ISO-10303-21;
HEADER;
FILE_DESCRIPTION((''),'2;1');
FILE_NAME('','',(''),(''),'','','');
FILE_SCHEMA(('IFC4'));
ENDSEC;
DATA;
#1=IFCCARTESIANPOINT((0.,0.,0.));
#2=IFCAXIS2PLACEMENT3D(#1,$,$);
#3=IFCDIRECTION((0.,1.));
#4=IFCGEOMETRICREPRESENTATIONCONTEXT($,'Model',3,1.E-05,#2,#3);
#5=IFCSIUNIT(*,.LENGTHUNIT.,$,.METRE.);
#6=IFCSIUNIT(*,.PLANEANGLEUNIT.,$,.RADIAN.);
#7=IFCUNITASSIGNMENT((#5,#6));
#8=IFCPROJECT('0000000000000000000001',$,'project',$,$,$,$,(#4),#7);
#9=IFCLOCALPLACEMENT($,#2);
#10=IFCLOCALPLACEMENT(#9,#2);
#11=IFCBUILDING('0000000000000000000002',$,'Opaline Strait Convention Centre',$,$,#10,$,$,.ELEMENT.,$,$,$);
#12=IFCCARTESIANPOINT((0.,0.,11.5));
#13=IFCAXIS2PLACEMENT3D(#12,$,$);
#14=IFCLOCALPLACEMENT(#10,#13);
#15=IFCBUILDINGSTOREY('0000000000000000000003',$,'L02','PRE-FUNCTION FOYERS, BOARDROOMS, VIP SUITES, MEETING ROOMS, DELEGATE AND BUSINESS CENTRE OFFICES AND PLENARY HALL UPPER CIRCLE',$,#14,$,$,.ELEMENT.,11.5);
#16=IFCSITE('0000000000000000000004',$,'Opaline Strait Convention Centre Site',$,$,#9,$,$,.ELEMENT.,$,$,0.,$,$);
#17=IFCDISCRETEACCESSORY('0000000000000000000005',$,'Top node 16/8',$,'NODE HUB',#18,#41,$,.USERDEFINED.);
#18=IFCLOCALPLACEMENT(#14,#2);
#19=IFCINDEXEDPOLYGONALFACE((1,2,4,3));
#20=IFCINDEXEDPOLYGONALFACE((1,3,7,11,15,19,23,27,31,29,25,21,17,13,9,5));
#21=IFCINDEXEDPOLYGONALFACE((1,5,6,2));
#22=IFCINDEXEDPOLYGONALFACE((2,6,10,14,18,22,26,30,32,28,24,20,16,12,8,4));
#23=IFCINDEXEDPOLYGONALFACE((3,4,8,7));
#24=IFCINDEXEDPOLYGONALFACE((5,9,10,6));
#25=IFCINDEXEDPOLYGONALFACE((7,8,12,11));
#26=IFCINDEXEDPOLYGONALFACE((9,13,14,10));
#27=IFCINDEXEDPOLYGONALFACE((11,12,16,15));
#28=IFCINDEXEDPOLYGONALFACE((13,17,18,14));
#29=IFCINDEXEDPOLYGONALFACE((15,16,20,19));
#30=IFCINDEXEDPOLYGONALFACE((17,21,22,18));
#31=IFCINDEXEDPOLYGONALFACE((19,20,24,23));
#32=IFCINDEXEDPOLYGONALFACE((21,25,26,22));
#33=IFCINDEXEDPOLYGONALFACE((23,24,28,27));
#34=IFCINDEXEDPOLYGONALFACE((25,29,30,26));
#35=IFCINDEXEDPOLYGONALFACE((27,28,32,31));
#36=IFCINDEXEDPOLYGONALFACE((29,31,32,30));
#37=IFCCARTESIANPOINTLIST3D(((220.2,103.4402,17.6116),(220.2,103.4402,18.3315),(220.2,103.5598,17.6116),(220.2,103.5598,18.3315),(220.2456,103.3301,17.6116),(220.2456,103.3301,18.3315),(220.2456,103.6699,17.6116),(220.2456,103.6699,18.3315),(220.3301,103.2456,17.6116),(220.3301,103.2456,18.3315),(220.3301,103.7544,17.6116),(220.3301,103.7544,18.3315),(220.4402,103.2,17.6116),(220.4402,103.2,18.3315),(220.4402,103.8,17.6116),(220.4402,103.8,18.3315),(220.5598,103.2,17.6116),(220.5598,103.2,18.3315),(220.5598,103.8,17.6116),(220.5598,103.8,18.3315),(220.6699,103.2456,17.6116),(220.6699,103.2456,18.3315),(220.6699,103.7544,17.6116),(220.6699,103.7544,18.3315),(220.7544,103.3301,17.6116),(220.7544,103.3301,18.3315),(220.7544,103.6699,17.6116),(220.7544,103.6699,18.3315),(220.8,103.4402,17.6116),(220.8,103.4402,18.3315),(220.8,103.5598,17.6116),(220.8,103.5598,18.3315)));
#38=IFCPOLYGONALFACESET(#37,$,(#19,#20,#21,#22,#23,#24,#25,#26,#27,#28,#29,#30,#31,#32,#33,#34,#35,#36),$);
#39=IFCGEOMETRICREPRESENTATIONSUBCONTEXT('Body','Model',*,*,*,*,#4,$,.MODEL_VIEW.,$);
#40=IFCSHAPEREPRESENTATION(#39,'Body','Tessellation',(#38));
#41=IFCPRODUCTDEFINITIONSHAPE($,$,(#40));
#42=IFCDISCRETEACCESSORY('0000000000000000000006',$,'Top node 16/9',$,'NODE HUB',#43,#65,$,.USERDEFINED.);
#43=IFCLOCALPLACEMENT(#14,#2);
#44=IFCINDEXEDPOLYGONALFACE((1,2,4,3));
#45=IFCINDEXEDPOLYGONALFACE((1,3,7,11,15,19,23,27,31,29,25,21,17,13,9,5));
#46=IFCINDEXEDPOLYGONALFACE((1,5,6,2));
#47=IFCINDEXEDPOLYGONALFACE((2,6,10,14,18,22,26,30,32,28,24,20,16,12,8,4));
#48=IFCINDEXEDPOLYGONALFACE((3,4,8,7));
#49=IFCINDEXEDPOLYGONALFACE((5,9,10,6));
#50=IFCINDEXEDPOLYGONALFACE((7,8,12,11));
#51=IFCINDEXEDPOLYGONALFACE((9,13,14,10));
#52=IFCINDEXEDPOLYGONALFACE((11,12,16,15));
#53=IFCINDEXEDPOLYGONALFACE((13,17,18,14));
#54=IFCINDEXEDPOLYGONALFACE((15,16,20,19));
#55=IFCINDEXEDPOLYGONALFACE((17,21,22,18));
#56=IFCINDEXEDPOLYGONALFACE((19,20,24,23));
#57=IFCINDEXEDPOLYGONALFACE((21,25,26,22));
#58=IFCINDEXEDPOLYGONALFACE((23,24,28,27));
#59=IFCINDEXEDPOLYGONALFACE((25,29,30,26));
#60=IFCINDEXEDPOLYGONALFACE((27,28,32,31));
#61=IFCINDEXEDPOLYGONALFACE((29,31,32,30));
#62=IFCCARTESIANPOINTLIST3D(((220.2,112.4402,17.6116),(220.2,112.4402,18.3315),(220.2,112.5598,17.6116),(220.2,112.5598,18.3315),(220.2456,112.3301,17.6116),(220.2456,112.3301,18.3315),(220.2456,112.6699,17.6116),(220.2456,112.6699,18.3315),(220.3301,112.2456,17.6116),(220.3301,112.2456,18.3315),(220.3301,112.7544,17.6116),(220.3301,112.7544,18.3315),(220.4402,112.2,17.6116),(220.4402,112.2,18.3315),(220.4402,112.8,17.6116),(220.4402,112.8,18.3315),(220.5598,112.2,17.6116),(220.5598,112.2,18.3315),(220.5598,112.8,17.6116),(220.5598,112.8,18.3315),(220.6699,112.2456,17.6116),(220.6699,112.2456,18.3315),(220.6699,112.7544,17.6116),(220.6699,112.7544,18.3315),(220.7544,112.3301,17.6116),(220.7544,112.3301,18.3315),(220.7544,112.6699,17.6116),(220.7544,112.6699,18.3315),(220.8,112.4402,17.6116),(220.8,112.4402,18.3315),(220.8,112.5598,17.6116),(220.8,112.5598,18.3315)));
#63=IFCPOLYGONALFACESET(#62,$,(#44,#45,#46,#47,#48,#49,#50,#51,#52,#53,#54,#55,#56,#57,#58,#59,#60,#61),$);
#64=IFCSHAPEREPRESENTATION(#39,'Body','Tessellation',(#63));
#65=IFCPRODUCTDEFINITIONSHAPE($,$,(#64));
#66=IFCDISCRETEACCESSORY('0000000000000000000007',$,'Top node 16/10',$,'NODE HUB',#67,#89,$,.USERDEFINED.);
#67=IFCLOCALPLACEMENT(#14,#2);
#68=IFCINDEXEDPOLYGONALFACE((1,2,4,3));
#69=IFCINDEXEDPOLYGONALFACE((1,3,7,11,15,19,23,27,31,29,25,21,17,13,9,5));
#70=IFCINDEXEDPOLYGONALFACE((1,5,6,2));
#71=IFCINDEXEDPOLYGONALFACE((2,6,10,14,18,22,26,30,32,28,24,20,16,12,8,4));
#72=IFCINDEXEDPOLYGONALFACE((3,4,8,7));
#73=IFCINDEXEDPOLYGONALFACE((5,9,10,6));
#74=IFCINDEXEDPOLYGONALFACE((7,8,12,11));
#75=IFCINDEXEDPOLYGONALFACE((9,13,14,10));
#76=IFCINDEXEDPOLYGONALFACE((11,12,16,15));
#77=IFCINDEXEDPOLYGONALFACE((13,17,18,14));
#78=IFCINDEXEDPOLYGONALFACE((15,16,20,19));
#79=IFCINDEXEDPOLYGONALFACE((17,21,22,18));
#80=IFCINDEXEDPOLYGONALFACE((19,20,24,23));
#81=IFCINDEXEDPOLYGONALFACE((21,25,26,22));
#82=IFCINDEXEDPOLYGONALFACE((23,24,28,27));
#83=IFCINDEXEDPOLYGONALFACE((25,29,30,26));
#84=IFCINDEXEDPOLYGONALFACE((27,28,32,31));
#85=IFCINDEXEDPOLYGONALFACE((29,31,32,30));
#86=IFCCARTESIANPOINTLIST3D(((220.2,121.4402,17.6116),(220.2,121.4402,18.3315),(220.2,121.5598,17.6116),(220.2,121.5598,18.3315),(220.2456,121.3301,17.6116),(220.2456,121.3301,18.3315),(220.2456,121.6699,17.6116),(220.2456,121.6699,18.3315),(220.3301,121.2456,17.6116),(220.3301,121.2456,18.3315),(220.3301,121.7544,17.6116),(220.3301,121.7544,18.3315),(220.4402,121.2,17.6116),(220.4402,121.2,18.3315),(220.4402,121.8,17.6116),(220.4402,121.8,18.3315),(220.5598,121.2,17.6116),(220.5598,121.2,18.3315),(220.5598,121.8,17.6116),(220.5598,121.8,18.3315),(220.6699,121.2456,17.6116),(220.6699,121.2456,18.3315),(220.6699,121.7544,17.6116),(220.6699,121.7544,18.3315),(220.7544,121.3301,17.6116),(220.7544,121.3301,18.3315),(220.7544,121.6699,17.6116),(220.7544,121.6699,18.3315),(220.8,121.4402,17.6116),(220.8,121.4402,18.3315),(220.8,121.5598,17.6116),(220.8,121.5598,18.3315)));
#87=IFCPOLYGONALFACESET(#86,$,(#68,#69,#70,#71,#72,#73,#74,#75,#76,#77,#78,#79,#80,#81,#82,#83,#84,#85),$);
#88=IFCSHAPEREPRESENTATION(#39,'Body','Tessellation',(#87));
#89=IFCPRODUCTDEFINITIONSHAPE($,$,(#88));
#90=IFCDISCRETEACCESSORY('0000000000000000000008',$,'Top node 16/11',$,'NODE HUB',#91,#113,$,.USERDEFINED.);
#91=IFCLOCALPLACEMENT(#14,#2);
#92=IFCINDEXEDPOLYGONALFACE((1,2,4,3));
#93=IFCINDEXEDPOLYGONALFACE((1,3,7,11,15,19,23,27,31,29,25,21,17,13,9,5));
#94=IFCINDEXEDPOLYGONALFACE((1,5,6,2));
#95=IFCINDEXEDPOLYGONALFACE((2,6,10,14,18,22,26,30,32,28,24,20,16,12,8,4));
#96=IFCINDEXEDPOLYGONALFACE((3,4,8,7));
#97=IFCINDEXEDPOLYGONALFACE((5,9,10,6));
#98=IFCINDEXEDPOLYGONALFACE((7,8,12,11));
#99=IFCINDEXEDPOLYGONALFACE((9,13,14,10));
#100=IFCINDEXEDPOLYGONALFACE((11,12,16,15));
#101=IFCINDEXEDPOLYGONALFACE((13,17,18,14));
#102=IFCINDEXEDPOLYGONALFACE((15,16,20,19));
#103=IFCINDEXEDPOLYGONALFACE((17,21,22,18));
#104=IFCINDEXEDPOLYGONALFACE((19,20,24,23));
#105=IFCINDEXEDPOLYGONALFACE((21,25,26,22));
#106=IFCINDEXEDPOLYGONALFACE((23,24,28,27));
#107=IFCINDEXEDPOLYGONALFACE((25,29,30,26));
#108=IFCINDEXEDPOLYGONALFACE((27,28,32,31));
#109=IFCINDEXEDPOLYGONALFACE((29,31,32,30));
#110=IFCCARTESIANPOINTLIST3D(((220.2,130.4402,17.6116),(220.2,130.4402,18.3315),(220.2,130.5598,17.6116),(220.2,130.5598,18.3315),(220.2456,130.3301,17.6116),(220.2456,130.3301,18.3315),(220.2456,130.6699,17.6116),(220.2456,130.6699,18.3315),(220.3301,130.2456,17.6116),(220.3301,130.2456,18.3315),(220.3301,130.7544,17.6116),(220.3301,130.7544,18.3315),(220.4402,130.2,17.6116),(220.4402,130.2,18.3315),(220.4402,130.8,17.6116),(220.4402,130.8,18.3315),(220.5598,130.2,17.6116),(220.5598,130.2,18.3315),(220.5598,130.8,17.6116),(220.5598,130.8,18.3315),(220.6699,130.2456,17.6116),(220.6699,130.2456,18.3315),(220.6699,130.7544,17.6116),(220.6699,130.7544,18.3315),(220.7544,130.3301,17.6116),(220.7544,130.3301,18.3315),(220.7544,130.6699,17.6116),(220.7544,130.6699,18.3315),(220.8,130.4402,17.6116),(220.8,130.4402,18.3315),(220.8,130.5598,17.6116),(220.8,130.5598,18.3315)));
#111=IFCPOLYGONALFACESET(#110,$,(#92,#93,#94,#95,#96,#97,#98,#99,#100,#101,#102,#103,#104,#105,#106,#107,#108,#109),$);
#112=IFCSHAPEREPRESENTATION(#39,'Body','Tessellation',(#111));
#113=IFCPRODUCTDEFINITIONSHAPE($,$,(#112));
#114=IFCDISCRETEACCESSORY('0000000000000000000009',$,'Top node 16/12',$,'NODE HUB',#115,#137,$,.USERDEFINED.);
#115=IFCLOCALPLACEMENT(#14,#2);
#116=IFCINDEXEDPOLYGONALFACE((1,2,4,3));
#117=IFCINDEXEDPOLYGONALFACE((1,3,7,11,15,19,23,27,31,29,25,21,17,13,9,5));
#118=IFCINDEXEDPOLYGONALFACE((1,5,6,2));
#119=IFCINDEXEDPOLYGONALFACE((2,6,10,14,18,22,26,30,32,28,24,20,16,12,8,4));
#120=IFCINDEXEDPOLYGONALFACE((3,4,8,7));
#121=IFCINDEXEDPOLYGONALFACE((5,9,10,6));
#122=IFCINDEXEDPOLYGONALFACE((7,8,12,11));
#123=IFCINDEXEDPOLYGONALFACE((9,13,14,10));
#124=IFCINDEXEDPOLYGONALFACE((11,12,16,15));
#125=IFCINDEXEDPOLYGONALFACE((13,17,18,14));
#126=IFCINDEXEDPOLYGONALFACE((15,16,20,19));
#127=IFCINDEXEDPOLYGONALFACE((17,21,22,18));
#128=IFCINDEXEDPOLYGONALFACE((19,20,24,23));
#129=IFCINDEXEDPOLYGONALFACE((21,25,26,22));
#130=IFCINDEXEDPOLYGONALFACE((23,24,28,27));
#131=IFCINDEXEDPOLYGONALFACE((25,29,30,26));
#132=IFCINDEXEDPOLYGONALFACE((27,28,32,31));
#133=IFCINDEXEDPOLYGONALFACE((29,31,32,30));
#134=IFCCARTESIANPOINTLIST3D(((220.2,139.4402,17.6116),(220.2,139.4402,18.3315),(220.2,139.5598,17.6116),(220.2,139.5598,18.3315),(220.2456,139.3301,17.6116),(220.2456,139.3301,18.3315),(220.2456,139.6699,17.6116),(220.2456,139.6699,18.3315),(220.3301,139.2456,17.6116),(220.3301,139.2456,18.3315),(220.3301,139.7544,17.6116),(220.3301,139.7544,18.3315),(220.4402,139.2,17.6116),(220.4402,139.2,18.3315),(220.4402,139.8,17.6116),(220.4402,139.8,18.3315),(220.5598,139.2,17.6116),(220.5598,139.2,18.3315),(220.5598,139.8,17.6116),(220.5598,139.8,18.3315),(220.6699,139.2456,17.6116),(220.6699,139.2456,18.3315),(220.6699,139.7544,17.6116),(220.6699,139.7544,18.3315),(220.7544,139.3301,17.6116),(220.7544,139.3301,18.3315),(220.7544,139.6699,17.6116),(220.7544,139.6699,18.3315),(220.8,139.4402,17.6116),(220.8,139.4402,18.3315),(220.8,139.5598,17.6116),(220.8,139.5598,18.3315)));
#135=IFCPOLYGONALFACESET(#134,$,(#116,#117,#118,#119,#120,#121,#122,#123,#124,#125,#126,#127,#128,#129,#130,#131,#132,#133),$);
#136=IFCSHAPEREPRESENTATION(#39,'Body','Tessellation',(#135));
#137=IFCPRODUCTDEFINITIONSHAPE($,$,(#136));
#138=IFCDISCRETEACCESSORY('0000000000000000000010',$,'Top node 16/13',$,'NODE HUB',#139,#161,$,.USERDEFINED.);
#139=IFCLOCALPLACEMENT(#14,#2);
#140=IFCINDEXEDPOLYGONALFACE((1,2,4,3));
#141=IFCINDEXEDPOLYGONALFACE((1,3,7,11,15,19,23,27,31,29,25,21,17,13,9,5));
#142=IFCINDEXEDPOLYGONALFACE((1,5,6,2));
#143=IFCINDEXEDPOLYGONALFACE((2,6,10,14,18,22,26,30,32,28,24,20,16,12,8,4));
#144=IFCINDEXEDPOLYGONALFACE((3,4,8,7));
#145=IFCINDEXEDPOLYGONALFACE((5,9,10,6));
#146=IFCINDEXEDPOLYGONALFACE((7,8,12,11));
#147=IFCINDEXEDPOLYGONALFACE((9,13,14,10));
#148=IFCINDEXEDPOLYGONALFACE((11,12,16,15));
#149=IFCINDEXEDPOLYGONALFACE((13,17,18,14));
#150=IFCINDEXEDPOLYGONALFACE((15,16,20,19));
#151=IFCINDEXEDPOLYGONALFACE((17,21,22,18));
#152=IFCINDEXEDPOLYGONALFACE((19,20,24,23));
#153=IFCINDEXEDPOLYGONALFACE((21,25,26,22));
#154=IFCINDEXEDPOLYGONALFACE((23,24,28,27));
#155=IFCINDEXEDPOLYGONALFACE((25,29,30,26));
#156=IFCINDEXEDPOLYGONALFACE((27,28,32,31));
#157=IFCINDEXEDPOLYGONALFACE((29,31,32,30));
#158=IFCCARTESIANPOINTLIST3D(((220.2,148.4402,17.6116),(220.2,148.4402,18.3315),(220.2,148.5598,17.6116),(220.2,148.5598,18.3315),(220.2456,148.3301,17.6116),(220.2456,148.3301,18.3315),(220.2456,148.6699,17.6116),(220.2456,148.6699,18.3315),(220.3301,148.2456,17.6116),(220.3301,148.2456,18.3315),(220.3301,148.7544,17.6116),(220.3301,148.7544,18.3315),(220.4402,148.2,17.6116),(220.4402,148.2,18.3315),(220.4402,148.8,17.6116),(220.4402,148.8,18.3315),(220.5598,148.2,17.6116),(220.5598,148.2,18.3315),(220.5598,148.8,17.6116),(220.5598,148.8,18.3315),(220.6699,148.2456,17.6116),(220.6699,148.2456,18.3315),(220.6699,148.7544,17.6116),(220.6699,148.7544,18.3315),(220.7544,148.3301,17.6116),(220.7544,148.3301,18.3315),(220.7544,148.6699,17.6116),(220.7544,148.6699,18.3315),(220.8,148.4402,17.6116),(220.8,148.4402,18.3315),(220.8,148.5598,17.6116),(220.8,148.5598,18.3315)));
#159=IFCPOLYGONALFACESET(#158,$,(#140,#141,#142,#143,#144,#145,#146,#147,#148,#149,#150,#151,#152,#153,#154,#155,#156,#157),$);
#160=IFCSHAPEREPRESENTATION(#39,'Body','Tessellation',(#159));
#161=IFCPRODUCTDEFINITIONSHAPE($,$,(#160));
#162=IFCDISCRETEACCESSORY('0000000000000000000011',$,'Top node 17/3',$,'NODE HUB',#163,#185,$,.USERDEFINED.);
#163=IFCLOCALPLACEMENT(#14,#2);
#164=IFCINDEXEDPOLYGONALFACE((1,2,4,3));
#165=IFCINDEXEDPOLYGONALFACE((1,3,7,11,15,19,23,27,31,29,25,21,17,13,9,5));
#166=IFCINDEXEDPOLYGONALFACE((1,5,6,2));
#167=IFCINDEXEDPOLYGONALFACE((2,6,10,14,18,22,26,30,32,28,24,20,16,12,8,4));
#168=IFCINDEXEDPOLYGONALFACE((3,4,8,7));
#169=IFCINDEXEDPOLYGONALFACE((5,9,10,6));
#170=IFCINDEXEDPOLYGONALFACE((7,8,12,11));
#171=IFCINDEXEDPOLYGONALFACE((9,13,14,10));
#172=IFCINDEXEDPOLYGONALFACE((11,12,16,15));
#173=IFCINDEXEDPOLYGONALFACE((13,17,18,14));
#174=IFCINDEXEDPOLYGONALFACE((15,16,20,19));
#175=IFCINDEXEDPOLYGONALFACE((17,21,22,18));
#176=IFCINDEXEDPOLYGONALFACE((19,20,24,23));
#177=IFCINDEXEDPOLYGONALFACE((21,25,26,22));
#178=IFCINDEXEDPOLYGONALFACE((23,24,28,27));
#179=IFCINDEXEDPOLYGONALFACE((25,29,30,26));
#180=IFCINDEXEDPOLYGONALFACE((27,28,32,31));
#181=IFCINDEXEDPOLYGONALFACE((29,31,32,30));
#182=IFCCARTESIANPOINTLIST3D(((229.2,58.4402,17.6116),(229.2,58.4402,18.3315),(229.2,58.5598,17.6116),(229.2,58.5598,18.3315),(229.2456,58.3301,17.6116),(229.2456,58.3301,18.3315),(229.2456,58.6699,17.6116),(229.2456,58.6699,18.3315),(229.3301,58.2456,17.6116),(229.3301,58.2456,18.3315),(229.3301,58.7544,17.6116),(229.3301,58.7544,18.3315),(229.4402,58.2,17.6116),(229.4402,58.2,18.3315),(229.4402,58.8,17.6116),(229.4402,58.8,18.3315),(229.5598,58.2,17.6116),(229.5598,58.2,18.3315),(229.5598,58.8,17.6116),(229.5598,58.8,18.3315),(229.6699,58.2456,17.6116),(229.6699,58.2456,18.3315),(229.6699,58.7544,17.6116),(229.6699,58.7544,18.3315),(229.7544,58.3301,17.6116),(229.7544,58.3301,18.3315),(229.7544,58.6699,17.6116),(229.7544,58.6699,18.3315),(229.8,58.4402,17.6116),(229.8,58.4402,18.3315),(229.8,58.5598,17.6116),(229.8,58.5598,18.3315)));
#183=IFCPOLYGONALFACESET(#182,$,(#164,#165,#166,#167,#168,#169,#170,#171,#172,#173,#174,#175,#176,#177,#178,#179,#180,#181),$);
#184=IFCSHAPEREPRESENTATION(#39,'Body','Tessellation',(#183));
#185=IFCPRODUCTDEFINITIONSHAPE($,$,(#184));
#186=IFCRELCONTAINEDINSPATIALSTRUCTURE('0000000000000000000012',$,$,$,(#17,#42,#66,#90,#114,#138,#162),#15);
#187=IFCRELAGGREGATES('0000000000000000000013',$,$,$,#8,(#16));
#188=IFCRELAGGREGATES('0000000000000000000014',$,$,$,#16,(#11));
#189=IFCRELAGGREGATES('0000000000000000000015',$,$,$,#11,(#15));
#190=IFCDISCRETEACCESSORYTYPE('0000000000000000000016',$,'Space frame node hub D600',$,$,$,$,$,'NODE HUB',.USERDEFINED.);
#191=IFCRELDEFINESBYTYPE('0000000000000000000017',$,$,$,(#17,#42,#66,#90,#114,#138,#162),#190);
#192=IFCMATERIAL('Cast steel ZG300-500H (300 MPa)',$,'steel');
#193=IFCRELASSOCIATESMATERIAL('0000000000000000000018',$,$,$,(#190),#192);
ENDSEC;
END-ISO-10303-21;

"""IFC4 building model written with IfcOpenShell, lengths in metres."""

from ifc_helpers import new_model, si_unit, direction, frame, origin, place, context, subcontext, project, spatial, polyline, outline, extrude, material, type_object, element, save


model = new_model("IFC4")

# Units and contexts
model_context = context("Model", 3, precision=1e-05, world=origin(), true_north=direction((0.0, 1.0)))
body_context = subcontext(model_context, "Body", "Model", "MODEL_VIEW")
ifc_project = project(units=[si_unit("LENGTHUNIT", "METRE"), si_unit("PLANEANGLEUNIT", "RADIAN")], contexts=[model_context])

# Site, building, storey
site_placement = place(None, origin())
site = spatial("IfcSite", under=ifc_project, at=site_placement, Name="Opaline Strait Convention Centre Site", CompositionType="ELEMENT", RefElevation=0.0)
building_placement = place(site_placement, origin())
building = spatial("IfcBuilding", under=site, at=building_placement, Name="Opaline Strait Convention Centre", CompositionType="ELEMENT")
storey_placement = place(building_placement, frame((0.0, 0.0, 11.5)))
storey = spatial("IfcBuildingStorey", under=building, at=storey_placement, Name="L02", Description="PRE-FUNCTION FOYERS, BOARDROOMS, VIP SUITES, MEETING ROOMS, DELEGATE AND BUSINESS CENTRE OFFICES AND PLENARY HALL UPPER CIRCLE", CompositionType="ELEMENT", Elevation=11.5)

# Discrete accessories
ifc_material = material(Name="Cast steel ZG300-500H (300 MPa)", Category="steel")
discrete_accessory_type = type_object("IfcDiscreteAccessoryType", Name="Space frame node hub D600", ElementType="NODE HUB", PredefinedType="USERDEFINED", material=ifc_material)
discrete_accessory_1_placement = place(storey_placement, frame((0.0, 0.0, 17.6116)))
element("IfcDiscreteAccessory", 1, at=discrete_accessory_1_placement, inside=storey, type_object=discrete_accessory_type, Name="Top node 16/8", ObjectType="NODE HUB", PredefinedType="USERDEFINED", context=body_context, shape_type="SweptSolid", body=[
    extrude(outline(polyline([(220.8, 103.5598), (220.7544, 103.6699), (220.6699, 103.7544), (220.5598, 103.8), (220.4402, 103.8), (220.3301, 103.7544), (220.2456, 103.6699), (220.2, 103.5598), (220.2, 103.4402), (220.2456, 103.3301), (220.3301, 103.2456), (220.4402, 103.2), (220.5598, 103.2), (220.6699, 103.2456), (220.7544, 103.3301), (220.8, 103.4402), (220.8, 103.5598)])), origin(), (0.0, 0.0, 1.0), 0.72),
])
discrete_accessory_2_placement = place(storey_placement, frame((0.0, 0.0, 17.6116)))
element("IfcDiscreteAccessory", 2, at=discrete_accessory_2_placement, inside=storey, type_object=discrete_accessory_type, Name="Top node 16/9", ObjectType="NODE HUB", PredefinedType="USERDEFINED", context=body_context, shape_type="SweptSolid", body=[
    extrude(outline(polyline([(220.8, 112.5598), (220.7544, 112.6699), (220.6699, 112.7544), (220.5598, 112.8), (220.4402, 112.8), (220.3301, 112.7544), (220.2456, 112.6699), (220.2, 112.5598), (220.2, 112.4402), (220.2456, 112.3301), (220.3301, 112.2456), (220.4402, 112.2), (220.5598, 112.2), (220.6699, 112.2456), (220.7544, 112.3301), (220.8, 112.4402), (220.8, 112.5598)])), origin(), (0.0, 0.0, 1.0), 0.72),
])
discrete_accessory_3_placement = place(storey_placement, frame((0.0, 0.0, 17.6116)))
element("IfcDiscreteAccessory", 3, at=discrete_accessory_3_placement, inside=storey, type_object=discrete_accessory_type, Name="Top node 16/10", ObjectType="NODE HUB", PredefinedType="USERDEFINED", context=body_context, shape_type="SweptSolid", body=[
    extrude(outline(polyline([(220.8, 121.5598), (220.7544, 121.6699), (220.6699, 121.7544), (220.5598, 121.8), (220.4402, 121.8), (220.3301, 121.7544), (220.2456, 121.6699), (220.2, 121.5598), (220.2, 121.4402), (220.2456, 121.3301), (220.3301, 121.2456), (220.4402, 121.2), (220.5598, 121.2), (220.6699, 121.2456), (220.7544, 121.3301), (220.8, 121.4402), (220.8, 121.5598)])), origin(), (0.0, 0.0, 1.0), 0.72),
])
discrete_accessory_4_placement = place(storey_placement, frame((0.0, 0.0, 17.6116)))
element("IfcDiscreteAccessory", 4, at=discrete_accessory_4_placement, inside=storey, type_object=discrete_accessory_type, Name="Top node 16/11", ObjectType="NODE HUB", PredefinedType="USERDEFINED", context=body_context, shape_type="SweptSolid", body=[
    extrude(outline(polyline([(220.8, 130.5598), (220.7544, 130.6699), (220.6699, 130.7544), (220.5598, 130.8), (220.4402, 130.8), (220.3301, 130.7544), (220.2456, 130.6699), (220.2, 130.5598), (220.2, 130.4402), (220.2456, 130.3301), (220.3301, 130.2456), (220.4402, 130.2), (220.5598, 130.2), (220.6699, 130.2456), (220.7544, 130.3301), (220.8, 130.4402), (220.8, 130.5598)])), origin(), (0.0, 0.0, 1.0), 0.72),
])
discrete_accessory_5_placement = place(storey_placement, frame((0.0, 0.0, 17.6116)))
element("IfcDiscreteAccessory", 5, at=discrete_accessory_5_placement, inside=storey, type_object=discrete_accessory_type, Name="Top node 16/12", ObjectType="NODE HUB", PredefinedType="USERDEFINED", context=body_context, shape_type="SweptSolid", body=[
    extrude(outline(polyline([(220.8, 139.5598), (220.7544, 139.6699), (220.6699, 139.7544), (220.5598, 139.8), (220.4402, 139.8), (220.3301, 139.7544), (220.2456, 139.6699), (220.2, 139.5598), (220.2, 139.4402), (220.2456, 139.3301), (220.3301, 139.2456), (220.4402, 139.2), (220.5598, 139.2), (220.6699, 139.2456), (220.7544, 139.3301), (220.8, 139.4402), (220.8, 139.5598)])), origin(), (0.0, 0.0, 1.0), 0.72),
])
discrete_accessory_6_placement = place(storey_placement, frame((0.0, 0.0, 17.6116)))
element("IfcDiscreteAccessory", 6, at=discrete_accessory_6_placement, inside=storey, type_object=discrete_accessory_type, Name="Top node 16/13", ObjectType="NODE HUB", PredefinedType="USERDEFINED", context=body_context, shape_type="SweptSolid", body=[
    extrude(outline(polyline([(220.8, 148.5598), (220.7544, 148.6699), (220.6699, 148.7544), (220.5598, 148.8), (220.4402, 148.8), (220.3301, 148.7544), (220.2456, 148.6699), (220.2, 148.5598), (220.2, 148.4402), (220.2456, 148.3301), (220.3301, 148.2456), (220.4402, 148.2), (220.5598, 148.2), (220.6699, 148.2456), (220.7544, 148.3301), (220.8, 148.4402), (220.8, 148.5598)])), origin(), (0.0, 0.0, 1.0), 0.72),
])
discrete_accessory_7_placement = place(storey_placement, frame((0.0, 0.0, 17.6116)))
element("IfcDiscreteAccessory", 7, at=discrete_accessory_7_placement, inside=storey, type_object=discrete_accessory_type, Name="Top node 17/3", ObjectType="NODE HUB", PredefinedType="USERDEFINED", context=body_context, shape_type="SweptSolid", body=[
    extrude(outline(polyline([(229.8, 58.5598), (229.7544, 58.6699), (229.6699, 58.7544), (229.5598, 58.8), (229.4402, 58.8), (229.3301, 58.7544), (229.2456, 58.6699), (229.2, 58.5598), (229.2, 58.4402), (229.2456, 58.3301), (229.3301, 58.2456), (229.4402, 58.2), (229.5598, 58.2), (229.6699, 58.2456), (229.7544, 58.3301), (229.8, 58.4402), (229.8, 58.5598)])), origin(), (0.0, 0.0, 1.0), 0.72),
])

save(model, "model.ifc")
